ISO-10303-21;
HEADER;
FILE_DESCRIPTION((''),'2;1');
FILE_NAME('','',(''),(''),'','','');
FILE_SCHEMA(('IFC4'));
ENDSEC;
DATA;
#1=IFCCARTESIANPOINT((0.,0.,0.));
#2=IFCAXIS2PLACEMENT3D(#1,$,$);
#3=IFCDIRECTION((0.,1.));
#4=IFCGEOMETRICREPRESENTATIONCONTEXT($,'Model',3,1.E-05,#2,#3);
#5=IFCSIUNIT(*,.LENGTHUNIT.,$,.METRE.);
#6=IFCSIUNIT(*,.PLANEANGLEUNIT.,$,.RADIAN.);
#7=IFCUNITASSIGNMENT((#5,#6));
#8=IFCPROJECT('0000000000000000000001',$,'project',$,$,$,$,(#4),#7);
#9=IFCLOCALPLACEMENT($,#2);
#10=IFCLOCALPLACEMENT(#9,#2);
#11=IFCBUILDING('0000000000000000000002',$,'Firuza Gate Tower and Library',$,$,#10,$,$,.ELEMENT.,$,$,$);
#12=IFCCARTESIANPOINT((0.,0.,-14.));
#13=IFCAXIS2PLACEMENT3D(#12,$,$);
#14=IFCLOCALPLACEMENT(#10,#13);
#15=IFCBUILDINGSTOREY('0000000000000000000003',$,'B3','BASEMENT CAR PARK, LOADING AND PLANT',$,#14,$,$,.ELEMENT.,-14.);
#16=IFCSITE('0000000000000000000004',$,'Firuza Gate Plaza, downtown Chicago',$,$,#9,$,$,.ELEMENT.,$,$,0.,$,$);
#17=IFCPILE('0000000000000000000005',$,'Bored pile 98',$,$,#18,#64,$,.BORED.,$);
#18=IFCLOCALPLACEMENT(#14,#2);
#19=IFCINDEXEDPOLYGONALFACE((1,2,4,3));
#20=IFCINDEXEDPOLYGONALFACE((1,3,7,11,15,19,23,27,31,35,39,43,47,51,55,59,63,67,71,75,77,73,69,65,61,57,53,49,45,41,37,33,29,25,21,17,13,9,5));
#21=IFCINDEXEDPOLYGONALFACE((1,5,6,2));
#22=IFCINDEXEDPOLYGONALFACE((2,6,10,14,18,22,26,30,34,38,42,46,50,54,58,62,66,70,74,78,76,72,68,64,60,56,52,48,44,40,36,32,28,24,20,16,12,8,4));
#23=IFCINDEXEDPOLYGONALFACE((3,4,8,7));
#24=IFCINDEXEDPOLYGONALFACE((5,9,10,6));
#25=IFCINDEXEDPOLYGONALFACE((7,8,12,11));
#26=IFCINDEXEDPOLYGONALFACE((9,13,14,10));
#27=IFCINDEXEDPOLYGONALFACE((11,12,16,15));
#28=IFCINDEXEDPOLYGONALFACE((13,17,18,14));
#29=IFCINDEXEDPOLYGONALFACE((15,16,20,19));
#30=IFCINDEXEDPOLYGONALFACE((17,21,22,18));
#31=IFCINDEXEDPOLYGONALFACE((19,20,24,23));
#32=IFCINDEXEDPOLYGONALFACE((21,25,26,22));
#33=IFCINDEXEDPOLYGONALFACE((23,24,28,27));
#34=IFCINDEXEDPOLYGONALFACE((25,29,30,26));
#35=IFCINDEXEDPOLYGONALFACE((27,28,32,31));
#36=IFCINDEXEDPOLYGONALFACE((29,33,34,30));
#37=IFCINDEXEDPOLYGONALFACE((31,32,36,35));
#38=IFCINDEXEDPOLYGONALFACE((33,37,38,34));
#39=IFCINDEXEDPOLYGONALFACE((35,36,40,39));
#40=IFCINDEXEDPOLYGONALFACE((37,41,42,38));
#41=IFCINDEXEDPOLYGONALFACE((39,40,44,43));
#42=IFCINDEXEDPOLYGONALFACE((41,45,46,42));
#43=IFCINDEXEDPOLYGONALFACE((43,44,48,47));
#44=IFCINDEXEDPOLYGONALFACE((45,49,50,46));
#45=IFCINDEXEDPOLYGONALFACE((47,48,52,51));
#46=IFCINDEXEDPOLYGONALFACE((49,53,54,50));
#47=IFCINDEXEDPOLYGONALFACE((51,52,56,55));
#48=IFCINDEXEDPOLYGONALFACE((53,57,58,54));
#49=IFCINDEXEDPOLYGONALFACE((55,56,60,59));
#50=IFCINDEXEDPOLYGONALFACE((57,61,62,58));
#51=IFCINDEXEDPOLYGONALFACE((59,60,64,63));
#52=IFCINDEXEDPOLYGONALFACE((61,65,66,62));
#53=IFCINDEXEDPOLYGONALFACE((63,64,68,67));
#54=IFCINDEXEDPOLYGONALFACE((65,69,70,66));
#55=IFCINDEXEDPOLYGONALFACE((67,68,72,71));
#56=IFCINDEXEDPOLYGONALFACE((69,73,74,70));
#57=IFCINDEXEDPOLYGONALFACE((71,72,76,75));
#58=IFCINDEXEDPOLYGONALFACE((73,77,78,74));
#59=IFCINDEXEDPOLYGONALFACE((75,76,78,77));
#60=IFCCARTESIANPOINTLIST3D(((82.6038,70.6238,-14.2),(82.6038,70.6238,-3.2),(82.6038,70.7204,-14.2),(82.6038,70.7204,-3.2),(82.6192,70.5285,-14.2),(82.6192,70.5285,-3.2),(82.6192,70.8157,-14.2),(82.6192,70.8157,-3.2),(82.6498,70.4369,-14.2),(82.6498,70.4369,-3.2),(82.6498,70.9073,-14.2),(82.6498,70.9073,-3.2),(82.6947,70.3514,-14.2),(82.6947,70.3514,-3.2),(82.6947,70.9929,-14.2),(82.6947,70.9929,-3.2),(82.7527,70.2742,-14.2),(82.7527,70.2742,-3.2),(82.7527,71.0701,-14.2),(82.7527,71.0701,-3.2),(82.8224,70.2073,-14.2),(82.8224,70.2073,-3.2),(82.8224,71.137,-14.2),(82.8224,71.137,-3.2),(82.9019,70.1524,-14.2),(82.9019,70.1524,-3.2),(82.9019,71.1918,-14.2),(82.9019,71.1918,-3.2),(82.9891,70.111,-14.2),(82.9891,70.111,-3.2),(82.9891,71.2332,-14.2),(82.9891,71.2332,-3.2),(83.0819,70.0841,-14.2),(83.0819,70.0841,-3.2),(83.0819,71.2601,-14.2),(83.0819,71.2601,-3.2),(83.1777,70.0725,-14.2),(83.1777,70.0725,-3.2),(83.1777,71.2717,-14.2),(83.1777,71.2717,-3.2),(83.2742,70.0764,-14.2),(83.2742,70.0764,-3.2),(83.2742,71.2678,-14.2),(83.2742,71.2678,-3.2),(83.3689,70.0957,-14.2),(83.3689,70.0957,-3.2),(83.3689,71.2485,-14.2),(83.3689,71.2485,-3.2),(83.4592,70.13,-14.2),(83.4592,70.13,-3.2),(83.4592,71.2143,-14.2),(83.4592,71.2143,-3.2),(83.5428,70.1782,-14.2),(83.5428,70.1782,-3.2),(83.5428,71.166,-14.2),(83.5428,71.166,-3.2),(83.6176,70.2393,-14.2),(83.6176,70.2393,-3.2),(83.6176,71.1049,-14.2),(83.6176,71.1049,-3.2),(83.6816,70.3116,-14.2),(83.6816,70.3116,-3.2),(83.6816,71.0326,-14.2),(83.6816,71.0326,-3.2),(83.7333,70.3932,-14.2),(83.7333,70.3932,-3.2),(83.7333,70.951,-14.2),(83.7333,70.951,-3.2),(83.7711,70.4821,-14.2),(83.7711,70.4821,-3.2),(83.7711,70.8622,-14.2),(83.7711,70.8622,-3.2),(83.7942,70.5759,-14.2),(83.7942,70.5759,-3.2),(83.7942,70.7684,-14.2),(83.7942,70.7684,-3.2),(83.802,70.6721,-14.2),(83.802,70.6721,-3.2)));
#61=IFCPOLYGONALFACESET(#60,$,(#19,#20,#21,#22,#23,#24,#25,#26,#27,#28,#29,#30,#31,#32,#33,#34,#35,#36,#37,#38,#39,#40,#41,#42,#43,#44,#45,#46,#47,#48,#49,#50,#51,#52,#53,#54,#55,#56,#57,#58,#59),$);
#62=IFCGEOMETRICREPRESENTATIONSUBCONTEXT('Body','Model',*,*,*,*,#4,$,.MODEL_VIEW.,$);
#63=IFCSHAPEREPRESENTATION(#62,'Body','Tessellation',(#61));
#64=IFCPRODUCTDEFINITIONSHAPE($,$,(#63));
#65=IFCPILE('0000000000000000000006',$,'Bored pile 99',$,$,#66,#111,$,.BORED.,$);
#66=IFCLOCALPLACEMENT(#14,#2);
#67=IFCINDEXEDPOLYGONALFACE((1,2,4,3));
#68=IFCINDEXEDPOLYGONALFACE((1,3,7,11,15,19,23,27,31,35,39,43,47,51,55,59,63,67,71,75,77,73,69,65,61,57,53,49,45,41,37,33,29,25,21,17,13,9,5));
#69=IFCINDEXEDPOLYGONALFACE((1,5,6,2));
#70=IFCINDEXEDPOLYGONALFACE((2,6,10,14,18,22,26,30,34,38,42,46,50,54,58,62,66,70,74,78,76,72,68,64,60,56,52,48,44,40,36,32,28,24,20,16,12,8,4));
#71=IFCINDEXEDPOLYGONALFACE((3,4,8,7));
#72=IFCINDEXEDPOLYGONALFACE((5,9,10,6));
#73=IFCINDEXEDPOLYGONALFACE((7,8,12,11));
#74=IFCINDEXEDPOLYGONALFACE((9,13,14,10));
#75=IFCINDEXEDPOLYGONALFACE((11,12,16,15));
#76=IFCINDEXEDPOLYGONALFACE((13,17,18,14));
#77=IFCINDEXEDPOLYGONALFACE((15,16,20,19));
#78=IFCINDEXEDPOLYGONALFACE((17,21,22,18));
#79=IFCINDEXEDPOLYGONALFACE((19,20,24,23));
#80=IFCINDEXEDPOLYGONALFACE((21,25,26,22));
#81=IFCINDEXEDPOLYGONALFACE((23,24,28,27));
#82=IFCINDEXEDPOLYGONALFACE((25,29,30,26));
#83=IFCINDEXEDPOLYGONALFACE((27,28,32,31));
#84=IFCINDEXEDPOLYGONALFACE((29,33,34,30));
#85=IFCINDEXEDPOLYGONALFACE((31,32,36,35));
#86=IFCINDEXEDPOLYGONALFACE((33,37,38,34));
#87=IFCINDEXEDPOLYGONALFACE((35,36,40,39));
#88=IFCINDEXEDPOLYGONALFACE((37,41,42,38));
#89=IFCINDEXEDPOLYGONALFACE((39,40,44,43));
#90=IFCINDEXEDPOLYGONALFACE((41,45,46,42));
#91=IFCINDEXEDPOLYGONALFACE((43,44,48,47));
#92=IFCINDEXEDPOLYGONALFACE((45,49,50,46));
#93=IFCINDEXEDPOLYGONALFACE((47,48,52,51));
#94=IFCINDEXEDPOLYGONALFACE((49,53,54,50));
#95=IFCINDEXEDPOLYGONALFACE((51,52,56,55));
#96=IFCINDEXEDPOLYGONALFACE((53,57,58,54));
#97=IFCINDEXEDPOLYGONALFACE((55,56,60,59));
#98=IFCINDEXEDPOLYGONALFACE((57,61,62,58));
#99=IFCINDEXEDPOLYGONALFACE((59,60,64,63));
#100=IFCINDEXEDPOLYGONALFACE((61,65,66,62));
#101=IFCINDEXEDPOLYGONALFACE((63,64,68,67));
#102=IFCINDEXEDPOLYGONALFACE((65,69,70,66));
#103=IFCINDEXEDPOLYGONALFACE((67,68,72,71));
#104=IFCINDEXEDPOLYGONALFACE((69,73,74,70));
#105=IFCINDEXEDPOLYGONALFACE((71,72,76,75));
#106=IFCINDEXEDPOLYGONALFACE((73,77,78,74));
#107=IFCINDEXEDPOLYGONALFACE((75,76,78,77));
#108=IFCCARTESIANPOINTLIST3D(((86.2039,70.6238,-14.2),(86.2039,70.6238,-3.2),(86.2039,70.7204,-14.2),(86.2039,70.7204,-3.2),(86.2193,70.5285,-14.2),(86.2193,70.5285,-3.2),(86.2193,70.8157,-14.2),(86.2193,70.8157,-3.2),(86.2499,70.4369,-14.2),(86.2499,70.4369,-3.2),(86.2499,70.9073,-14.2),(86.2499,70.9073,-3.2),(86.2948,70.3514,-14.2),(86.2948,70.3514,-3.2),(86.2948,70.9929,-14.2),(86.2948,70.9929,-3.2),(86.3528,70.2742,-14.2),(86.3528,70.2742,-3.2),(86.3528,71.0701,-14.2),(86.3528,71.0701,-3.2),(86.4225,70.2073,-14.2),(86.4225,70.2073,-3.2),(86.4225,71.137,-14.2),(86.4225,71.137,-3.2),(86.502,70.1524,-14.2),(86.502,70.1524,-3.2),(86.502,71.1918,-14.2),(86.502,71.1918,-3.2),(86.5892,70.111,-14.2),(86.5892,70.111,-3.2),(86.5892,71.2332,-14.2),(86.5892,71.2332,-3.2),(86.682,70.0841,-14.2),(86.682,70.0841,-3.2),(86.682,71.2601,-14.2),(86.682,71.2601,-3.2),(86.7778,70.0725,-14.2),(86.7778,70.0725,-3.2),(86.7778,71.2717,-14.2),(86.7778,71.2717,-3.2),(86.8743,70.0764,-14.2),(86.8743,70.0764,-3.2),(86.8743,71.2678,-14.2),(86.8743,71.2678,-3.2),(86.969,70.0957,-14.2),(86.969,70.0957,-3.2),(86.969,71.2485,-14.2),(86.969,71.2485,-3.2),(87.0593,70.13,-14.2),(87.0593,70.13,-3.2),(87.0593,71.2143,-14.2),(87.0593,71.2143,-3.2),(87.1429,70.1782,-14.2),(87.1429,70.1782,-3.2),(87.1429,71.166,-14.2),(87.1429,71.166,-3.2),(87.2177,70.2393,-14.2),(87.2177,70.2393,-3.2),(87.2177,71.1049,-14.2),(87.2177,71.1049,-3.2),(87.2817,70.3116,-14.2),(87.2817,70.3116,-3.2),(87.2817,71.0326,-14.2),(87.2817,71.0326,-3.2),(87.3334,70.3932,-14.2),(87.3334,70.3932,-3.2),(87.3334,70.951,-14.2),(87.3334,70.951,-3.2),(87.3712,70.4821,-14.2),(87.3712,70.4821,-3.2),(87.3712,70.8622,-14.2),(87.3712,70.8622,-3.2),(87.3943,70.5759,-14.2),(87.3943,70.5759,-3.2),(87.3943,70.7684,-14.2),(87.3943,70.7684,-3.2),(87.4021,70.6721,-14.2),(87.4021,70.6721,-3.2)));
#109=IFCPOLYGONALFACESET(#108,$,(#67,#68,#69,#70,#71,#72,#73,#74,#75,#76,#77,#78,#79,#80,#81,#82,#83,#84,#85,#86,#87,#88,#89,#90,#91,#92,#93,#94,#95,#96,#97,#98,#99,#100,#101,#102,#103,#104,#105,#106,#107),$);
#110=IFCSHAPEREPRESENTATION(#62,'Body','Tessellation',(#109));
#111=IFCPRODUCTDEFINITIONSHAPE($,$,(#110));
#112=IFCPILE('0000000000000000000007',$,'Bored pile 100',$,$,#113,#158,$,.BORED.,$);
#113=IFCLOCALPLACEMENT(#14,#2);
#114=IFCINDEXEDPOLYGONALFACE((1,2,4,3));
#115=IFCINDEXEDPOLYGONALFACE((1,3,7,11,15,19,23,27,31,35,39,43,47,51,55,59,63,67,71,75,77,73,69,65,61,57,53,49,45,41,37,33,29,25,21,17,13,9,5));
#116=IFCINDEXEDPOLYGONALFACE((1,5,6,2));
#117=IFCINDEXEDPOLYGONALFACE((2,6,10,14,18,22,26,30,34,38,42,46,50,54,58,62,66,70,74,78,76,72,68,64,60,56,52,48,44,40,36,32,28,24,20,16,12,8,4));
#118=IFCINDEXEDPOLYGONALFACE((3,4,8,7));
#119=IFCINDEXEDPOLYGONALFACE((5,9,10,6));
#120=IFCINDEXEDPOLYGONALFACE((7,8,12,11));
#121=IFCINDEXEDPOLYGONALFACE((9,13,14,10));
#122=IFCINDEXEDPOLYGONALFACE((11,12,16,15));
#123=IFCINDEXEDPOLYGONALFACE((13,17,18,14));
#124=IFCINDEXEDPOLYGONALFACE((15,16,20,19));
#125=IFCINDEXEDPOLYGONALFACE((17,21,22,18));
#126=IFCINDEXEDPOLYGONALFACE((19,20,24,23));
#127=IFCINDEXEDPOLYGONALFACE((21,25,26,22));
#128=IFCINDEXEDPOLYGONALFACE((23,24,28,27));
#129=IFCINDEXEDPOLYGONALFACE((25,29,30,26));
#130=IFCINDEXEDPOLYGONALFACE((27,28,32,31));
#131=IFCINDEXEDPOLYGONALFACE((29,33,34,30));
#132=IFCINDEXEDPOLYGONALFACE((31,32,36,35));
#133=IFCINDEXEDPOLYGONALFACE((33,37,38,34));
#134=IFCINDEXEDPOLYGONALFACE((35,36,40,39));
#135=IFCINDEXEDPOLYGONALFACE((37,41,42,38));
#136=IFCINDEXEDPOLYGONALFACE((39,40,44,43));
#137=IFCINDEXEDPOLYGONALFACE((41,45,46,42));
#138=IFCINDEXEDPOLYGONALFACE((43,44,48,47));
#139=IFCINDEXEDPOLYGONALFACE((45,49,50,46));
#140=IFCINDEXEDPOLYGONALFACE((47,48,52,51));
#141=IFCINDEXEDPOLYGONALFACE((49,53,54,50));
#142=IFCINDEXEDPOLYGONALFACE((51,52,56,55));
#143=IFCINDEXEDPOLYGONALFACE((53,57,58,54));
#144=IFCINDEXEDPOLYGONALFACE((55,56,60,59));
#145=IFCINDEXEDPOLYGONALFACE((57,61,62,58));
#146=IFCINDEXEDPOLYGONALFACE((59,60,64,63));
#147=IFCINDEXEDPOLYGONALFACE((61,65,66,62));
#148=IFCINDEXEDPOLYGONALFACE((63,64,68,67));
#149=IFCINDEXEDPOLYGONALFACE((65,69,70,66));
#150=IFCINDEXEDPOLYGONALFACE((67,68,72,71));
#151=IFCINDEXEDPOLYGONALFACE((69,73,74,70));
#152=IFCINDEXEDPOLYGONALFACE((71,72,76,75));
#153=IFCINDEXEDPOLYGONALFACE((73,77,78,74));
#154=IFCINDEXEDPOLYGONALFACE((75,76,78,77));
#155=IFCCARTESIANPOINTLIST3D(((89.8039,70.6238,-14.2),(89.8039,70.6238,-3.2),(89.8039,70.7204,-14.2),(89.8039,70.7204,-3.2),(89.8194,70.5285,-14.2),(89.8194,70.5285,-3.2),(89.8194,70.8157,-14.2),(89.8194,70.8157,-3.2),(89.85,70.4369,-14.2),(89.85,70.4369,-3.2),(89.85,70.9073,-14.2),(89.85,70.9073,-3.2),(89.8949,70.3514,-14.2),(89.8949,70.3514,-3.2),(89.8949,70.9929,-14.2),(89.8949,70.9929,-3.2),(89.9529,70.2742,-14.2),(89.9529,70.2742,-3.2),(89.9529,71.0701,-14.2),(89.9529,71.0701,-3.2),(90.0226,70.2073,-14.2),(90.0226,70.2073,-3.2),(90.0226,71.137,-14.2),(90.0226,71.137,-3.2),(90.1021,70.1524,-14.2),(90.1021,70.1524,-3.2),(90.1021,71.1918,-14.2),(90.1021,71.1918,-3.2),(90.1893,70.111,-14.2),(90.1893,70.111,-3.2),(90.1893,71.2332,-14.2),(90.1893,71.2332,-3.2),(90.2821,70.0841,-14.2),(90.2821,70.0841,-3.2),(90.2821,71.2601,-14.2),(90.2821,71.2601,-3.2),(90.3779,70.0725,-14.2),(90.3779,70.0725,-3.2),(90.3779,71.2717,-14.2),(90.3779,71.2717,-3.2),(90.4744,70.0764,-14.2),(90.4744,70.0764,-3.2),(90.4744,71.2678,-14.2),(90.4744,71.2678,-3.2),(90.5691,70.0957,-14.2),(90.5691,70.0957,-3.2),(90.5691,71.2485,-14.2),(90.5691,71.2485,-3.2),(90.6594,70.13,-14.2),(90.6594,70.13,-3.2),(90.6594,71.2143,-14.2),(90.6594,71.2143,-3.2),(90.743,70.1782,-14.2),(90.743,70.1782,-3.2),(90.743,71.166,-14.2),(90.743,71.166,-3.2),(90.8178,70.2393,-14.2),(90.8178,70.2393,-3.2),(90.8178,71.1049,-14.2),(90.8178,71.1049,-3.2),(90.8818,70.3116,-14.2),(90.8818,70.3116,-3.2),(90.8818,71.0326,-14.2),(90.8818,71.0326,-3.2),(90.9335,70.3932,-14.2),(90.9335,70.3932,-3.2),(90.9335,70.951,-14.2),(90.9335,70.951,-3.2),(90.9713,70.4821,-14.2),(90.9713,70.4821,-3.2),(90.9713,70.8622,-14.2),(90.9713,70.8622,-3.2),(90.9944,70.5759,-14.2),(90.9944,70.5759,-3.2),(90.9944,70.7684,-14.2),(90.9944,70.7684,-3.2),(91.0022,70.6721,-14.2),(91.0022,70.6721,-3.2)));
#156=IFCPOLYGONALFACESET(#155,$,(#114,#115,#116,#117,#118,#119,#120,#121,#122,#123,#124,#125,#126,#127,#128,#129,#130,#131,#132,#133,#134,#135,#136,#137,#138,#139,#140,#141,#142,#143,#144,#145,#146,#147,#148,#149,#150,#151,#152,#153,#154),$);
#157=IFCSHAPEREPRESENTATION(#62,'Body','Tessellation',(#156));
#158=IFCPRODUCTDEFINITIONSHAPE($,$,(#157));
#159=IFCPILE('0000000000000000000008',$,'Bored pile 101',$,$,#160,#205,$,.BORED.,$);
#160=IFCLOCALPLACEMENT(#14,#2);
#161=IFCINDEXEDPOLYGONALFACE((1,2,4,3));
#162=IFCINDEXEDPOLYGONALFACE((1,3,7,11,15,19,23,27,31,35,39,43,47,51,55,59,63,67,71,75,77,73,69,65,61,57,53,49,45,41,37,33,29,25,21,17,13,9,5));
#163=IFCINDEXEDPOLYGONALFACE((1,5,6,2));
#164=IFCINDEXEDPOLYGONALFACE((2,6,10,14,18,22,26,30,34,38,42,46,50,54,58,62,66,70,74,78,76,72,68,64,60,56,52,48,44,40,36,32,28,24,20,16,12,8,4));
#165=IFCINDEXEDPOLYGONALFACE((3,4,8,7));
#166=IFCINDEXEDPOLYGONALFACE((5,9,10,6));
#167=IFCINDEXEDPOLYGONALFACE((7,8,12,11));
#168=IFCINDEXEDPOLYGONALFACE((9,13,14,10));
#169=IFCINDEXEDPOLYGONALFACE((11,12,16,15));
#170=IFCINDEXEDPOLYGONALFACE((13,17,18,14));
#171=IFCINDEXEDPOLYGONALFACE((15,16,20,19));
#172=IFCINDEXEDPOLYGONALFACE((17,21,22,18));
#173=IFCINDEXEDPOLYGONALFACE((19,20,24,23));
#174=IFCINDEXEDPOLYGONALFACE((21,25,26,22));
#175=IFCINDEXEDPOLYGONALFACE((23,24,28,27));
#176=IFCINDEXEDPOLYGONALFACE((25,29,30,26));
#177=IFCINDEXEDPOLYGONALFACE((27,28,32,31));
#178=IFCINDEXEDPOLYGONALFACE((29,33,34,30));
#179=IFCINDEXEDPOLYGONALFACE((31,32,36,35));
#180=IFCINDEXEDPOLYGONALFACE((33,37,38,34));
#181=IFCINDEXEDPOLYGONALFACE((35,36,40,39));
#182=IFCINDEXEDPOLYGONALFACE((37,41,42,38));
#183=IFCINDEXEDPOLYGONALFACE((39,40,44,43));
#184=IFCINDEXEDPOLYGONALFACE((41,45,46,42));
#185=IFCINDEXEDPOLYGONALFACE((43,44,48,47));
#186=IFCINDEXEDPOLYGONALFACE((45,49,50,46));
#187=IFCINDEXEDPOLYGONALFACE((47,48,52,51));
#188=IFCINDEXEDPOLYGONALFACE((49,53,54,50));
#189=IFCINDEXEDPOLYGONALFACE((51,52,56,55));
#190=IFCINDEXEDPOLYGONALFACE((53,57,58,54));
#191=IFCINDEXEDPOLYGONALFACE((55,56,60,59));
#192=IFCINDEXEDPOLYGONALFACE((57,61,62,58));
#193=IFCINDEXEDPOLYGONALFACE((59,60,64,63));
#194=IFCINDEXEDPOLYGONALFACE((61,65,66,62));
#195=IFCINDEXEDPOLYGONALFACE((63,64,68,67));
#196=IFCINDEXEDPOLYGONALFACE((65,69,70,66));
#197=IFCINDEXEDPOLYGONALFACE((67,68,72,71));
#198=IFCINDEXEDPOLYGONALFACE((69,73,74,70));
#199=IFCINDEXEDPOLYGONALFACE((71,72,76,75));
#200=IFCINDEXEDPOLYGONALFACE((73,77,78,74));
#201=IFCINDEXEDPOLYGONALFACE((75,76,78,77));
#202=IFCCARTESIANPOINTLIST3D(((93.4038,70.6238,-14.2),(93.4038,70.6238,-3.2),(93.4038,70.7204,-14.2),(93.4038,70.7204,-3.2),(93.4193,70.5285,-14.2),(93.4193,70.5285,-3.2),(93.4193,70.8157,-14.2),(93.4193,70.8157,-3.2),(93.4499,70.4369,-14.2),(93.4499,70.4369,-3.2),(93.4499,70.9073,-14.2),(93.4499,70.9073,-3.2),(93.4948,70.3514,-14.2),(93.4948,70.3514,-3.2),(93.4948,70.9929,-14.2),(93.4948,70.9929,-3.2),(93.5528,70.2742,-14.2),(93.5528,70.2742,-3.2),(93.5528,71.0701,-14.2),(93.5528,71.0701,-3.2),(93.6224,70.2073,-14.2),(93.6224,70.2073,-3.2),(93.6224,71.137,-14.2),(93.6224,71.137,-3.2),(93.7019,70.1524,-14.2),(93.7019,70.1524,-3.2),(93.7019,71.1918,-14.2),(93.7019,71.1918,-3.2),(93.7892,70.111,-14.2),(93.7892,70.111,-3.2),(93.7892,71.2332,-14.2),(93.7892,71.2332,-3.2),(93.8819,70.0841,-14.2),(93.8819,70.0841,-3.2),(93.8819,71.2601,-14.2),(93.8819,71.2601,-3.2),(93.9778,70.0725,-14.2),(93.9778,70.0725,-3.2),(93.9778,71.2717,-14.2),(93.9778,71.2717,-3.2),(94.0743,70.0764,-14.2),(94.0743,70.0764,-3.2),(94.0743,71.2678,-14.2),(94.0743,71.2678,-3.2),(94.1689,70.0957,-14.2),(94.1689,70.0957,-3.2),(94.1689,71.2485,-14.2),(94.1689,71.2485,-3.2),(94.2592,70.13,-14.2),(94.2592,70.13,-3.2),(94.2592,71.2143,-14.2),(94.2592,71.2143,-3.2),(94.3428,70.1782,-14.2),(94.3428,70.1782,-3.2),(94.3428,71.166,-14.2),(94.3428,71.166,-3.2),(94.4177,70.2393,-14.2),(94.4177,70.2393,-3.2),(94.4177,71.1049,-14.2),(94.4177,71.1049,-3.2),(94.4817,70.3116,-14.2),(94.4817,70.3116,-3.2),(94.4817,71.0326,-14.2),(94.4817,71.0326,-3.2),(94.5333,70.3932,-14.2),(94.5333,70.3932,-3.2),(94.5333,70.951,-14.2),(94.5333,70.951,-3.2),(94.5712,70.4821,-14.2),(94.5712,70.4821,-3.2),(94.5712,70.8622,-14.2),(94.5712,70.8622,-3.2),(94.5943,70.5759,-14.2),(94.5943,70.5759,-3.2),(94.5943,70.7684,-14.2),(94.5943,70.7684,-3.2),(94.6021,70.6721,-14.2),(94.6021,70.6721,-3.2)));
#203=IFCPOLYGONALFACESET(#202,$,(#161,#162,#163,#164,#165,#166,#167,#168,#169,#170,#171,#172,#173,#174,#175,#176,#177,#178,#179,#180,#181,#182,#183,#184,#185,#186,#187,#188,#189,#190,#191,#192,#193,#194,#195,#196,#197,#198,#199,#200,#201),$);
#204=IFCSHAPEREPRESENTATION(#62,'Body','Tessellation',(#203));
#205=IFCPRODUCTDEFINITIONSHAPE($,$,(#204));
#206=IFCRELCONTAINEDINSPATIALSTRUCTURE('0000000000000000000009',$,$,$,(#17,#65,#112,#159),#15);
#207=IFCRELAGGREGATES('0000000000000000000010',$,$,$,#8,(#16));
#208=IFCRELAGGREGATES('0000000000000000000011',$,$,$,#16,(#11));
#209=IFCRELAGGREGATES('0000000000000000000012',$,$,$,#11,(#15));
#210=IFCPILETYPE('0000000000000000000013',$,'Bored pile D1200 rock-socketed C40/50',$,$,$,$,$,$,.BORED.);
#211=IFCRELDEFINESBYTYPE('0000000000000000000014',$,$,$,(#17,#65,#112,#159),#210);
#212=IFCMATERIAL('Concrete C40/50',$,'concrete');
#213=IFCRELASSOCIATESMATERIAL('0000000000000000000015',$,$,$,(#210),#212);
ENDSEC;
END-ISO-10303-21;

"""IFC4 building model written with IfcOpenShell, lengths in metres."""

from ifc_helpers import new_model, si_unit, direction, frame, origin, origin_2d, place, context, subcontext, project, spatial, circle, extrude, material, material_profile, profile_set, type_object, element, save


model = new_model("IFC4")

# Units and contexts
model_context = context("Model", 3, precision=1e-05, world=origin(), true_north=direction((0.0, 1.0)))
body_context = subcontext(model_context, "Body", "Model", "MODEL_VIEW")
ifc_project = project(units=[si_unit("LENGTHUNIT", "METRE"), si_unit("PLANEANGLEUNIT", "RADIAN")], contexts=[model_context])

# Site, building, storey
site_placement = place(None, origin())
site = spatial("IfcSite", under=ifc_project, at=site_placement, Name="Firuza Gate Plaza, downtown Chicago", CompositionType="ELEMENT", RefElevation=0.0)
building_placement = place(site_placement, origin())
building = spatial("IfcBuilding", under=site, at=building_placement, Name="Firuza Gate Tower and Library", CompositionType="ELEMENT")
storey_placement = place(building_placement, frame((0.0, 0.0, -14.0)))
storey = spatial("IfcBuildingStorey", under=building, at=storey_placement, Name="B3", Description="BASEMENT CAR PARK, LOADING AND PLANT", CompositionType="ELEMENT", Elevation=-14.0)

# Piles
ifc_material_1 = material(Name="Concrete C40/50", Category="concrete")
ifc_material_profile_1 = material_profile(ifc_material_1, circle(Radius=0.6001, at=origin_2d()))
ifc_profile_set_1 = profile_set([ifc_material_profile_1], Name="Concrete C40/50")
pile_type = type_object("IfcPileType", Name="Bored pile D1200 rock-socketed C40/50", PredefinedType="BORED", material=ifc_profile_set_1)
for number, where, z_axis, x_axis, name in (
    (1, (83.2019, 70.6721, -3.2), (0.0, 0.0, -1.0), (1.0, 0.0, 0.0), "Bored pile 98"),
    (2, (86.802, 70.6721, -3.2), (0.0, 0.0, -1.0), (1.0, 0.0, 0.0), "Bored pile 99"),
    (3, (90.4021, 70.6721, -3.2), (0.0, 0.0, -1.0), (1.0, 0.0, 0.0), "Bored pile 100"),
    (4, (94.002, 70.6721, -3.2), (0.0, 0.0, -1.0), (1.0, 0.0, 0.0), "Bored pile 101"),
):
    element("IfcPile", number, at=place(storey_placement, frame(where, z_axis=z_axis, x_axis=x_axis)), inside=storey, type_object=pile_type, Name=name, PredefinedType="BORED", context=body_context, shape_type="SweptSolid", body=[
        extrude(circle(Radius=0.6001, at=origin_2d()), origin(), (0.0, 0.0, 1.0), 11.0),
    ])

save(model, "model.ifc")
